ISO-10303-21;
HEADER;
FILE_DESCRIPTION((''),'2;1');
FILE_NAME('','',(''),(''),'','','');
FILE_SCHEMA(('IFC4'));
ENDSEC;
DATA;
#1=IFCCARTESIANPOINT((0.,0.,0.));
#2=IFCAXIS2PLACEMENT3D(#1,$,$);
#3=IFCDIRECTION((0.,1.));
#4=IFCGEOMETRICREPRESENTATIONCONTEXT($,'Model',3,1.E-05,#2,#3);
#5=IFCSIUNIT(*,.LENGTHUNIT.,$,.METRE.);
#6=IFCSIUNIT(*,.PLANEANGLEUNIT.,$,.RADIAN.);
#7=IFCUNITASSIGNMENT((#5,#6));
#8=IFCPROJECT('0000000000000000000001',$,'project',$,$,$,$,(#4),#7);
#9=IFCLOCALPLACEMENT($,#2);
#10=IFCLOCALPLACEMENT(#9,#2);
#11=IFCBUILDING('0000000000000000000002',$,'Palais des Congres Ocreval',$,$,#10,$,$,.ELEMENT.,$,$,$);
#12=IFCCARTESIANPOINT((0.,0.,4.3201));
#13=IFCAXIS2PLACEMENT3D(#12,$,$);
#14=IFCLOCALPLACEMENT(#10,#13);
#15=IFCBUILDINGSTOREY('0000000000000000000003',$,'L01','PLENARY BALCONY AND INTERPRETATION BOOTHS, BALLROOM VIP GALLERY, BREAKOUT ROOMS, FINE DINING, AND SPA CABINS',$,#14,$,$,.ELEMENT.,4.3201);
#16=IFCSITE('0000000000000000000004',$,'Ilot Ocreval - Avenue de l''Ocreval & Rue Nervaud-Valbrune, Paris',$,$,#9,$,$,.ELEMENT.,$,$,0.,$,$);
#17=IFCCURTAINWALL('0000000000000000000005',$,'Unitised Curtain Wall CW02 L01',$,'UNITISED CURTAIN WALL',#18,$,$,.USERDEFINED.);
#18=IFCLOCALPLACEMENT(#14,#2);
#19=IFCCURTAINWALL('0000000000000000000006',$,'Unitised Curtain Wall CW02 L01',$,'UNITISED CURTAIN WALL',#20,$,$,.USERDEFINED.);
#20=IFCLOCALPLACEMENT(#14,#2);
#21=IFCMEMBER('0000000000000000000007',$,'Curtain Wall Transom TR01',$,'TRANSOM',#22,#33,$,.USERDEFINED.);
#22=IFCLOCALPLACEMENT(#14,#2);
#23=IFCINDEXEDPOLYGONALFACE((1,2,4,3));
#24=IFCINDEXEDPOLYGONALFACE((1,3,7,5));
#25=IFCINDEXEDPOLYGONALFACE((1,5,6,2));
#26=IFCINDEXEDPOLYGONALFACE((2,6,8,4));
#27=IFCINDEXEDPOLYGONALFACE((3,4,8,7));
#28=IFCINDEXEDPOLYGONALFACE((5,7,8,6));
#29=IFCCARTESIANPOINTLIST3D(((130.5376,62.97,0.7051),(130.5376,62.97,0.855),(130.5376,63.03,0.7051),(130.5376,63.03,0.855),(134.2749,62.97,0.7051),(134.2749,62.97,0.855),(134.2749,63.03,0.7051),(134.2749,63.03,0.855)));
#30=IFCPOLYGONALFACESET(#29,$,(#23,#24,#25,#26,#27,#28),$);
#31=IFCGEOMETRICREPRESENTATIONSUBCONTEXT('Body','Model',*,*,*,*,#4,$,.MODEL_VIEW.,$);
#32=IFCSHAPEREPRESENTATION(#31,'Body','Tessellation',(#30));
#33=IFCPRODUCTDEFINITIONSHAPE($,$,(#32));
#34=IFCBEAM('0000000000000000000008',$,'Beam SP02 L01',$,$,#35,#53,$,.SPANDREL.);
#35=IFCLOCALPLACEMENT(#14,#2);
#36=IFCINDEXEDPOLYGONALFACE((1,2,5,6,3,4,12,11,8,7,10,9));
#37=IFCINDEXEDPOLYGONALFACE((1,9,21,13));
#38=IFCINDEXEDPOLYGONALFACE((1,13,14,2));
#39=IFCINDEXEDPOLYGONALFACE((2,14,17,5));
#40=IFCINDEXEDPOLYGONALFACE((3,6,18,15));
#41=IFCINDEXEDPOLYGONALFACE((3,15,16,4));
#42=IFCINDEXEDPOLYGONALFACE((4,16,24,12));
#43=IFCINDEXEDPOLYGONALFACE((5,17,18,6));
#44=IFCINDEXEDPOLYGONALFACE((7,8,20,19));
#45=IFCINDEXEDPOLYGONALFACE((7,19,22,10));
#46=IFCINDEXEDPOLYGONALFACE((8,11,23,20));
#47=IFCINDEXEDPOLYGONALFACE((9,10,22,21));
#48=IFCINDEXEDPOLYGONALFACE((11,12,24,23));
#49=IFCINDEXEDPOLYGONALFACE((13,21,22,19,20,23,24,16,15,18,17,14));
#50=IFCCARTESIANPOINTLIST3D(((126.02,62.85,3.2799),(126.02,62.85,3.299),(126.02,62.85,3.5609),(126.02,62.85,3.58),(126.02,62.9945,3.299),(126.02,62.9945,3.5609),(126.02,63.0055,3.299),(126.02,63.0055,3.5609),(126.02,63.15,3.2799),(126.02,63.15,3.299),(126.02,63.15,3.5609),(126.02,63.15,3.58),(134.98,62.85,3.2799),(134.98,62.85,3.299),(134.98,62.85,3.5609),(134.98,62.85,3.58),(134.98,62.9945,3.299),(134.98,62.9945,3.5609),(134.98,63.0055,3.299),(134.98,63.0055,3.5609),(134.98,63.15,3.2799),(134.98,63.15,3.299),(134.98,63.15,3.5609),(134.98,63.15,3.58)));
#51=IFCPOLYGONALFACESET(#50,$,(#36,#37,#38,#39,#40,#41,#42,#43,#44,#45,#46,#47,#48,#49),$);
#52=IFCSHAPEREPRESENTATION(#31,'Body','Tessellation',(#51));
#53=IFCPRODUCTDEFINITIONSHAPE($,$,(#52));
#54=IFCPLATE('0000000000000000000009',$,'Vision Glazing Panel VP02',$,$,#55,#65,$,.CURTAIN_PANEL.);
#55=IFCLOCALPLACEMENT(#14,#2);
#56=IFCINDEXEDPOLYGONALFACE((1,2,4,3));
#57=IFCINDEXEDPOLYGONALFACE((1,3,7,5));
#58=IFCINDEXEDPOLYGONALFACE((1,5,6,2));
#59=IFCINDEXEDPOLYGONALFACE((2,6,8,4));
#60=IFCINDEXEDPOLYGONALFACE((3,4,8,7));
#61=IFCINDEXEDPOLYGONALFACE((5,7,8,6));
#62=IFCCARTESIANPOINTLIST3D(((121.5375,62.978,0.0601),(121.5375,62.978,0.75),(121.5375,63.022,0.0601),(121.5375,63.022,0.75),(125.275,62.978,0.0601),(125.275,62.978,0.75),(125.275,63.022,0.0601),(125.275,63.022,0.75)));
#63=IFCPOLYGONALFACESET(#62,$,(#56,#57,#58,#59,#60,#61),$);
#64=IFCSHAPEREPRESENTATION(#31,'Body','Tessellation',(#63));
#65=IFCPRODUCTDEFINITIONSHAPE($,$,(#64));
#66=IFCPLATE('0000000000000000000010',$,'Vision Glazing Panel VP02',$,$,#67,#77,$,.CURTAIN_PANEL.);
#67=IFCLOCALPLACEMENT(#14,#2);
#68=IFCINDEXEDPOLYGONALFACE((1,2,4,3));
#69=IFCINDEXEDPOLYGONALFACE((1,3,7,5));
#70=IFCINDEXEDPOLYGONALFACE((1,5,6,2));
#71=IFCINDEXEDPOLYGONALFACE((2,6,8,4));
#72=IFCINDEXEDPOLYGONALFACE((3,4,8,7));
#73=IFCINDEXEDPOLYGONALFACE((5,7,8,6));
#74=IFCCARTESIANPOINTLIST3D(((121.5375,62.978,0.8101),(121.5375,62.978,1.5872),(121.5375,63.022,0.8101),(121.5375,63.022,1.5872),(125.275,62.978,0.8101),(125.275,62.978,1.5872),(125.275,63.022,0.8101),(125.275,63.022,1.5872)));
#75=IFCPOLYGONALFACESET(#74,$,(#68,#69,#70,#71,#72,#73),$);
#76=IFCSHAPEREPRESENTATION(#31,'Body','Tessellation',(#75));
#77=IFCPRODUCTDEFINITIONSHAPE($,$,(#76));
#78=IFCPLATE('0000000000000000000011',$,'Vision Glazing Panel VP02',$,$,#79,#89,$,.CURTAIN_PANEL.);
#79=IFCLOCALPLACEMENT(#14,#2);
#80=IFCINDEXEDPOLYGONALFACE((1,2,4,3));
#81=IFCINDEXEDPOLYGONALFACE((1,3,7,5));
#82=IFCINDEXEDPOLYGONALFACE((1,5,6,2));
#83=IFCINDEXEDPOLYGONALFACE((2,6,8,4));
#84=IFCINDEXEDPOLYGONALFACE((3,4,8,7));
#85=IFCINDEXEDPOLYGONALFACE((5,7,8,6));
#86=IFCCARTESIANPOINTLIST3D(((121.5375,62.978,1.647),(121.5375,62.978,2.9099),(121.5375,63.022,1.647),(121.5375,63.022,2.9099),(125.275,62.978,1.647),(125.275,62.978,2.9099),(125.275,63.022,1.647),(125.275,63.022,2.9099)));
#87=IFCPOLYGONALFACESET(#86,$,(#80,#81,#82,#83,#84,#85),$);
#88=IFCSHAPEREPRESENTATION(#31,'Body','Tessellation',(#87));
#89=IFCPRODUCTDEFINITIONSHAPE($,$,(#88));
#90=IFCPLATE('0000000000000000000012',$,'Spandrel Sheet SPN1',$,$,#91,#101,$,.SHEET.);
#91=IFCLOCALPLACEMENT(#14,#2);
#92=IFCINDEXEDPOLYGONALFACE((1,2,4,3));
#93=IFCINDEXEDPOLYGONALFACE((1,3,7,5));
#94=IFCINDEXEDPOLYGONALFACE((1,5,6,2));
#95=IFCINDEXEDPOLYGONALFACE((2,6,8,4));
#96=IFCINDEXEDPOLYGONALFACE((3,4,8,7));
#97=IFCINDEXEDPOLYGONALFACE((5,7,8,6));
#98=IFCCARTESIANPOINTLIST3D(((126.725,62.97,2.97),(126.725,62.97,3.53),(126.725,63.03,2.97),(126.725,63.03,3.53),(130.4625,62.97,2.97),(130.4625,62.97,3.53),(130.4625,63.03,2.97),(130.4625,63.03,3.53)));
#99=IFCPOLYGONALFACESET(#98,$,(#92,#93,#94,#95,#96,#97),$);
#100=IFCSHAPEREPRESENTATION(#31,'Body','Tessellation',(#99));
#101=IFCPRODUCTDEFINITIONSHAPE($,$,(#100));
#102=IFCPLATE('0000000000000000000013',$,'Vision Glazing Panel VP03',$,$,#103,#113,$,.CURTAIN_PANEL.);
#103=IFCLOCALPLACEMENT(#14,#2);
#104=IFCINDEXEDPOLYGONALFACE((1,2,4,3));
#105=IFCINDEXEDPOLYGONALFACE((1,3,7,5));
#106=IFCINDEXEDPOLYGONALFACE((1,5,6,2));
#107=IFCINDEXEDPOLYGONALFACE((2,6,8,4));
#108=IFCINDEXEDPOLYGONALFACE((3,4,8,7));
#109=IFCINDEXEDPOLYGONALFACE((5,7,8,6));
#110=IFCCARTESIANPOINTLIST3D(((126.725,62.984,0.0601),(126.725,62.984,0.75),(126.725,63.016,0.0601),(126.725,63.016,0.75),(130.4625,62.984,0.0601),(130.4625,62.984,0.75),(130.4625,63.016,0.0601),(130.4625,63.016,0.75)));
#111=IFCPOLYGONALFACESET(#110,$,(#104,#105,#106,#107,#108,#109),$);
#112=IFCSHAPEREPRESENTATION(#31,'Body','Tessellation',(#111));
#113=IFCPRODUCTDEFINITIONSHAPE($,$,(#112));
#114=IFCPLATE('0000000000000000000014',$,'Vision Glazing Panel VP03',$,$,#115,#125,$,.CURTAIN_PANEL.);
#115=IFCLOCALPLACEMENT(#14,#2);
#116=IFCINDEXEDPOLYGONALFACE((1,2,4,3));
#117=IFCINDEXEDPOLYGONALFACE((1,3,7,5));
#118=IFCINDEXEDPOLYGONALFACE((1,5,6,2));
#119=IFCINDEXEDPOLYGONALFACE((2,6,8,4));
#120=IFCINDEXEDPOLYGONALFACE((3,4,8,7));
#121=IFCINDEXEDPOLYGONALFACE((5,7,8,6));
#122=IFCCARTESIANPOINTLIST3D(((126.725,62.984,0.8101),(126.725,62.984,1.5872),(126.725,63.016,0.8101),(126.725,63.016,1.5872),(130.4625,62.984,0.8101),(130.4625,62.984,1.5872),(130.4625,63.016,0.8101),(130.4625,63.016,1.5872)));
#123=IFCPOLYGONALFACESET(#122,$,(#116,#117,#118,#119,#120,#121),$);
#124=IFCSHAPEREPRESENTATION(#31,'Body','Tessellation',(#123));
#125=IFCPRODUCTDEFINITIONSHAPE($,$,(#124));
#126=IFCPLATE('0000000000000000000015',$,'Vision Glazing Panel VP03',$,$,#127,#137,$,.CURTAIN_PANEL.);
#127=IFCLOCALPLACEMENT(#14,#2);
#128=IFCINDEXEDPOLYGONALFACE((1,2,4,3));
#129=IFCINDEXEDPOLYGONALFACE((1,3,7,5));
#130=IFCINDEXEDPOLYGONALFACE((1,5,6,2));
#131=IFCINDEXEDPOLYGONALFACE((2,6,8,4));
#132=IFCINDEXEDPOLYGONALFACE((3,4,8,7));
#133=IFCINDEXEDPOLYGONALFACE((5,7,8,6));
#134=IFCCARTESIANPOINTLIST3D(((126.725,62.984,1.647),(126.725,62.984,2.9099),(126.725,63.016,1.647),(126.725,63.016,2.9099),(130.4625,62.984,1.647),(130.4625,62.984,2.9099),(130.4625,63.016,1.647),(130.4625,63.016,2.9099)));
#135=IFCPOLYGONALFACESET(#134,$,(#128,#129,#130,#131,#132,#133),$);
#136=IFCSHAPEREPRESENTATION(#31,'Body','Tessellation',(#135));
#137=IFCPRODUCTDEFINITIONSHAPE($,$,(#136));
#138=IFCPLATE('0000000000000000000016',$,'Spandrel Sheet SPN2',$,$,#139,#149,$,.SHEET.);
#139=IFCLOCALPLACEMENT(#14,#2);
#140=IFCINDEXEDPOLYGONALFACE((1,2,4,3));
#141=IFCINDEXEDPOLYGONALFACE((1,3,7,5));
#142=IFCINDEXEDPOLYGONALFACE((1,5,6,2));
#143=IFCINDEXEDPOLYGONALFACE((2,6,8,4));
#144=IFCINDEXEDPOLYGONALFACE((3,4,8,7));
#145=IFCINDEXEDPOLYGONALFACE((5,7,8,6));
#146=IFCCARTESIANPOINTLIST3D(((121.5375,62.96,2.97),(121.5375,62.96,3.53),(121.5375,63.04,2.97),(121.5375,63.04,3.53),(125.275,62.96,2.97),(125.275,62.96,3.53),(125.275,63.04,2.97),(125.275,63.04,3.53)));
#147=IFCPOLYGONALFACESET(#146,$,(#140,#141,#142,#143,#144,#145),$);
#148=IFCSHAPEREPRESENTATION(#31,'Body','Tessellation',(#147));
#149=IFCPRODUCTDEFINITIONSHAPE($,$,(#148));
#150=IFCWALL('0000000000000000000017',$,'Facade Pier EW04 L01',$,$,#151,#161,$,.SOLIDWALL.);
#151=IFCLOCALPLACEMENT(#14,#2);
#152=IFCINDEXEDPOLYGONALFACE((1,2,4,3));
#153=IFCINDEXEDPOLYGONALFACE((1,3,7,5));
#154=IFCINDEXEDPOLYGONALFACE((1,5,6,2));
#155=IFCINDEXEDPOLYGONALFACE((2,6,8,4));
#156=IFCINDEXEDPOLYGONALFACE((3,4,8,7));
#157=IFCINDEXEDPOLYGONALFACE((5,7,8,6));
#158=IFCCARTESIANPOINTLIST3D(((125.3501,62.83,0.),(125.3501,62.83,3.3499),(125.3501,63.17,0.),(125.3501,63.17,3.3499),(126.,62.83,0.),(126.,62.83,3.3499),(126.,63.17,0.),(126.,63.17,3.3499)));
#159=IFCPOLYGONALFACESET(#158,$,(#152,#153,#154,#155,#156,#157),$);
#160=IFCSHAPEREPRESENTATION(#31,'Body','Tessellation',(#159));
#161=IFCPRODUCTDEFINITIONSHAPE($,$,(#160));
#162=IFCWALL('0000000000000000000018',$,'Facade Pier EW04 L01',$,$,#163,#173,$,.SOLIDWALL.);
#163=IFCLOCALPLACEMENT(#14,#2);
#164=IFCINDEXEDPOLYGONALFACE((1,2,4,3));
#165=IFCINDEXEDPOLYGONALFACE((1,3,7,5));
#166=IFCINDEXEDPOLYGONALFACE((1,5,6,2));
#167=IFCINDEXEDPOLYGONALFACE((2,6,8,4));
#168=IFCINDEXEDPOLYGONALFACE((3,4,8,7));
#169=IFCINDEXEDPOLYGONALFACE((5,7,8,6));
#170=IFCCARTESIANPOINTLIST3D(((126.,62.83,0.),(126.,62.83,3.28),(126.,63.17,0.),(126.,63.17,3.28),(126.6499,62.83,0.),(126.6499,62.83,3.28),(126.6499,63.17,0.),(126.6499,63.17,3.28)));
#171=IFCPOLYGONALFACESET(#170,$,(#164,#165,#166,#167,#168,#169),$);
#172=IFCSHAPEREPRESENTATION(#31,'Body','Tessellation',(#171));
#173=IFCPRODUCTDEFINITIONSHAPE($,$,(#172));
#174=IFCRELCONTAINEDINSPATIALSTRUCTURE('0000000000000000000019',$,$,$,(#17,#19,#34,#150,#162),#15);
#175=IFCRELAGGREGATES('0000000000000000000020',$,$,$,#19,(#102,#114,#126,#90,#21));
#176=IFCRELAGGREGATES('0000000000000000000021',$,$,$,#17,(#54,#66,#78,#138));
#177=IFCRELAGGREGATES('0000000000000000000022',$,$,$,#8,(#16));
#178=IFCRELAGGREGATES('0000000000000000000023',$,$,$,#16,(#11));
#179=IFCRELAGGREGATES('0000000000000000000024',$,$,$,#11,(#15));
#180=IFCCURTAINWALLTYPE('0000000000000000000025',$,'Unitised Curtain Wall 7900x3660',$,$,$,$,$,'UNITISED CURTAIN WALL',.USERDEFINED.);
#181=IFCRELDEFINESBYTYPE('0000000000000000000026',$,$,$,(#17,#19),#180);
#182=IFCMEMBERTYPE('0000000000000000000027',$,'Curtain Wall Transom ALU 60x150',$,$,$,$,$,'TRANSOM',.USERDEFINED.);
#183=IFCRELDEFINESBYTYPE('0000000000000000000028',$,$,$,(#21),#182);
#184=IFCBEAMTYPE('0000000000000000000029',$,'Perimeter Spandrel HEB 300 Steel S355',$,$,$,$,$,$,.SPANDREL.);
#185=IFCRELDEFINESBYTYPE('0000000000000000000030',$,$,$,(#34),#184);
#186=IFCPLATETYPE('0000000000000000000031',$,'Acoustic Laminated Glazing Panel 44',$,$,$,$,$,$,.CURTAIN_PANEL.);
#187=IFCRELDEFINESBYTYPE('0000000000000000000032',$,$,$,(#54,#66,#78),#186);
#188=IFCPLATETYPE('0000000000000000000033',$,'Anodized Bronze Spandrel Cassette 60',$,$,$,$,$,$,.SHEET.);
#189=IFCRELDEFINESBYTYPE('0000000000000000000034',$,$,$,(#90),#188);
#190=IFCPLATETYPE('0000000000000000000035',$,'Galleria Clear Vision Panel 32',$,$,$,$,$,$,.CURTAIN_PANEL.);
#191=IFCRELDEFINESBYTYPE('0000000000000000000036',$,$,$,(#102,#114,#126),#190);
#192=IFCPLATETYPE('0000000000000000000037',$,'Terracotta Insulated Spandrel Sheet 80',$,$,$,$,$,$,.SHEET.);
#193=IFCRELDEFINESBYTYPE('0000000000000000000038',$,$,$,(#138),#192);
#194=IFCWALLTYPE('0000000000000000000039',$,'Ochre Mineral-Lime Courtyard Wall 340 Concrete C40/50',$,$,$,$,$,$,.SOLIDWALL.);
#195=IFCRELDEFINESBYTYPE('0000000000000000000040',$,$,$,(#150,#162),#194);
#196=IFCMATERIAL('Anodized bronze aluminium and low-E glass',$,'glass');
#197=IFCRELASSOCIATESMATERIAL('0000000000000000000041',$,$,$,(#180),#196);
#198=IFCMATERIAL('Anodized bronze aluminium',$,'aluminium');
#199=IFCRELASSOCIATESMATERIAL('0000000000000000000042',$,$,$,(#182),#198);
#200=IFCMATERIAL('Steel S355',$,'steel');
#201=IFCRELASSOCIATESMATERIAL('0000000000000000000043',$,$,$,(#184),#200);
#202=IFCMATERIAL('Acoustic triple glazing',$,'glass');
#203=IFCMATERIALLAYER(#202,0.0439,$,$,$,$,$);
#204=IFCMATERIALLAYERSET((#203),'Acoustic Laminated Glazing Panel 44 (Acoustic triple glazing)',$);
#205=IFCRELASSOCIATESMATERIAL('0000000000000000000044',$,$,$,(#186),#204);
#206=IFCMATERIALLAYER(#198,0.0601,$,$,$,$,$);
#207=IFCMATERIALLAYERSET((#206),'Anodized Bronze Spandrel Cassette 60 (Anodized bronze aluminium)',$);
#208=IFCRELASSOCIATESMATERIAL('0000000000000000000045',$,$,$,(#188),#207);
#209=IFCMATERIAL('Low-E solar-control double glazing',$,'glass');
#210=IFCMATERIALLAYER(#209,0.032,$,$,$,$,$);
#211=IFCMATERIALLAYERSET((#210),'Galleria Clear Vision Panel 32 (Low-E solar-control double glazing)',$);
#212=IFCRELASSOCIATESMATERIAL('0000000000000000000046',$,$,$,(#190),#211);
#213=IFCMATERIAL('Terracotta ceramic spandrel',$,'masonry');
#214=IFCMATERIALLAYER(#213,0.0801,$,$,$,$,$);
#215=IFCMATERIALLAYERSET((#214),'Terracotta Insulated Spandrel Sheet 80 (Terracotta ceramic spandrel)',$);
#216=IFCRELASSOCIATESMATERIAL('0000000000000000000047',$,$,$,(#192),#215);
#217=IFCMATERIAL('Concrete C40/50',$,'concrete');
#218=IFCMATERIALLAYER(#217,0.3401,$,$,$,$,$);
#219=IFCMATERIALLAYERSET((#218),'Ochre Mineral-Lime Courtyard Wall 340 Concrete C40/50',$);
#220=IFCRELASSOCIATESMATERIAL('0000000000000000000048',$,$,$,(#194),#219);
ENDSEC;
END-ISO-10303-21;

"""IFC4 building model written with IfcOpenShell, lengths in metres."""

from ifc_helpers import new_model, si_unit, direction, frame, frame_2d, origin, origin_2d, place, context, subcontext, project, spatial, rectangle, i_section, extrude, material, layer, layer_set, material_profile, profile_set, type_object, element, aggregate, save


model = new_model("IFC4")

# Units and contexts
model_context = context("Model", 3, precision=1e-05, world=origin(), true_north=direction((0.0, 1.0)))
body_context = subcontext(model_context, "Body", "Model", "MODEL_VIEW")
ifc_project = project(units=[si_unit("LENGTHUNIT", "METRE"), si_unit("PLANEANGLEUNIT", "RADIAN")], contexts=[model_context])

# Site, building, storey
site_placement = place(None, origin())
site = spatial("IfcSite", under=ifc_project, at=site_placement, Name="Ilot Ocreval - Avenue de l'Ocreval & Rue Nervaud-Valbrune, Paris", CompositionType="ELEMENT", RefElevation=0.0)
building_placement = place(site_placement, origin())
building = spatial("IfcBuilding", under=site, at=building_placement, Name="Palais des Congres Ocreval", CompositionType="ELEMENT")
storey_placement = place(building_placement, frame((0.0, 0.0, 4.3201)))
storey = spatial("IfcBuildingStorey", under=building, at=storey_placement, Name="L01", Description="PLENARY BALCONY AND INTERPRETATION BOOTHS, BALLROOM VIP GALLERY, BREAKOUT ROOMS, FINE DINING, AND SPA CABINS", CompositionType="ELEMENT", Elevation=4.3201)

# Shared definitions
ifc_material_1 = material(Name="Steel S355", Category="steel")

# Curtain wall
ifc_material_2 = material(Name="Anodized bronze aluminium and low-E glass", Category="glass")
curtain_wall_type = type_object("IfcCurtainWallType", Name="Unitised Curtain Wall 7900x3660", ElementType="UNITISED CURTAIN WALL", PredefinedType="USERDEFINED", material=ifc_material_2)
curtain_wall_1_placement = place(storey_placement, origin())
curtain_wall_1 = element("IfcCurtainWall", 1, at=curtain_wall_1_placement, inside=storey, type_object=curtain_wall_type, Name="Unitised Curtain Wall CW02 L01", ObjectType="UNITISED CURTAIN WALL", PredefinedType="USERDEFINED")
ifc_material_3 = material(Name="Anodized bronze aluminium", Category="aluminium")

# Curtain wall
curtain_wall_2_placement = place(storey_placement, origin())
curtain_wall_2 = element("IfcCurtainWall", 2, at=curtain_wall_2_placement, inside=storey, type_object=curtain_wall_type, Name="Unitised Curtain Wall CW02 L01", ObjectType="UNITISED CURTAIN WALL", PredefinedType="USERDEFINED")

# Member
ifc_material_profile_1 = material_profile(ifc_material_3, rectangle(XDim=0.0601, YDim=0.1499, at=origin_2d()), Name="ALU 60x150")
ifc_profile_set_1 = profile_set([ifc_material_profile_1], Name="Anodized bronze aluminium")
member_type_1 = type_object("IfcMemberType", Name="Curtain Wall Transom ALU 60x150", ElementType="TRANSOM", PredefinedType="USERDEFINED", material=ifc_profile_set_1)
member_1_placement = place(storey_placement, frame((130.5376, 63.0, 0.78), z_axis=(1.0, 0.0, 0.0), x_axis=(0.0, 1.0, 0.0)))
member_1 = element("IfcMember", 3, at=member_1_placement, type_object=member_type_1, Name="Curtain Wall Transom TR01", ObjectType="TRANSOM", PredefinedType="USERDEFINED", context=body_context, shape_type="SweptSolid", body=[
    extrude(rectangle(XDim=0.0601, YDim=0.1499, at=origin_2d()), origin(), (0.0, 0.0, 1.0), 3.7373),
])

# Beam
ifc_material_profile_2 = material_profile(ifc_material_1, i_section(OverallWidth=0.3, OverallDepth=0.3, WebThickness=0.011, FlangeThickness=0.019, at=origin_2d()), Name="HEB 300")
ifc_profile_set_2 = profile_set([ifc_material_profile_2], Name="Steel S355")
beam_type = type_object("IfcBeamType", Name="Perimeter Spandrel HEB 300 Steel S355", PredefinedType="SPANDREL", material=ifc_profile_set_2)
beam_placement = place(storey_placement, frame((126.02, 63.0, 3.4299), z_axis=(1.0, 0.0, 0.0), x_axis=(0.0, 1.0, 0.0)))
element("IfcBeam", 4, at=beam_placement, inside=storey, type_object=beam_type, Name="Beam SP02 L01", PredefinedType="SPANDREL", context=body_context, shape_type="SweptSolid", body=[
    extrude(i_section(OverallWidth=0.3, OverallDepth=0.3, WebThickness=0.011, FlangeThickness=0.019, at=origin_2d()), origin(), (0.0, 0.0, 1.0), 8.96),
])

# Plates
ifc_material_4 = material(Name="Acoustic triple glazing", Category="glass")
ifc_layer_1 = layer(ifc_material_4, 0.0439)
ifc_layer_set_1 = layer_set([ifc_layer_1], Name="Acoustic Laminated Glazing Panel 44 (Acoustic triple glazing)")
plate_type_1 = type_object("IfcPlateType", Name="Acoustic Laminated Glazing Panel 44", PredefinedType="CURTAIN_PANEL", material=ifc_layer_set_1)
plate_1_placement = place(storey_placement, frame((123.4062, 63.0, 0.0601), z_axis=(0.0, 0.0, 1.0), x_axis=(1.0, 0.0, 0.0)))
plate_1 = element("IfcPlate", 5, at=plate_1_placement, type_object=plate_type_1, Name="Vision Glazing Panel VP02", PredefinedType="CURTAIN_PANEL", context=body_context, shape_type="SweptSolid", body=[
    extrude(rectangle(XDim=3.7375, YDim=0.0439, at=origin_2d()), origin(), (0.0, 0.0, 1.0), 0.6899),
])
plate_2_placement = place(storey_placement, frame((123.4062, 63.0, 0.8101), z_axis=(0.0, 0.0, 1.0), x_axis=(1.0, 0.0, 0.0)))
plate_2 = element("IfcPlate", 6, at=plate_2_placement, type_object=plate_type_1, Name="Vision Glazing Panel VP02", PredefinedType="CURTAIN_PANEL", context=body_context, shape_type="SweptSolid", body=[
    extrude(rectangle(XDim=3.7375, YDim=0.0439, at=origin_2d()), origin(), (0.0, 0.0, 1.0), 0.7771),
])
plate_3_placement = place(storey_placement, frame((123.4062, 63.0, 1.647), z_axis=(0.0, 0.0, 1.0), x_axis=(1.0, 0.0, 0.0)))
plate_3 = element("IfcPlate", 7, at=plate_3_placement, type_object=plate_type_1, Name="Vision Glazing Panel VP02", PredefinedType="CURTAIN_PANEL", context=body_context, shape_type="SweptSolid", body=[
    extrude(rectangle(XDim=3.7375, YDim=0.0439, at=origin_2d()), origin(), (0.0, 0.0, 1.0), 1.2629),
])
ifc_layer_2 = layer(ifc_material_3, 0.0601)
ifc_layer_set_2 = layer_set([ifc_layer_2], Name="Anodized Bronze Spandrel Cassette 60 (Anodized bronze aluminium)")
plate_type_2 = type_object("IfcPlateType", Name="Anodized Bronze Spandrel Cassette 60", PredefinedType="SHEET", material=ifc_layer_set_2)
plate_4_placement = place(storey_placement, frame((128.5938, 63.0, 2.97), z_axis=(0.0, 0.0, 1.0), x_axis=(1.0, 0.0, 0.0)))
plate_4 = element("IfcPlate", 8, at=plate_4_placement, type_object=plate_type_2, Name="Spandrel Sheet SPN1", PredefinedType="SHEET", context=body_context, shape_type="SweptSolid", body=[
    extrude(rectangle(XDim=3.7375, YDim=0.0601, at=origin_2d()), origin(), (0.0, 0.0, 1.0), 0.5601),
])
ifc_material_5 = material(Name="Low-E solar-control double glazing", Category="glass")
ifc_layer_3 = layer(ifc_material_5, 0.032)
ifc_layer_set_3 = layer_set([ifc_layer_3], Name="Galleria Clear Vision Panel 32 (Low-E solar-control double glazing)")
plate_type_3 = type_object("IfcPlateType", Name="Galleria Clear Vision Panel 32", PredefinedType="CURTAIN_PANEL", material=ifc_layer_set_3)
plate_5_placement = place(storey_placement, frame((128.5938, 63.0, 0.0601), z_axis=(0.0, 0.0, 1.0), x_axis=(1.0, 0.0, 0.0)))
plate_5 = element("IfcPlate", 9, at=plate_5_placement, type_object=plate_type_3, Name="Vision Glazing Panel VP03", PredefinedType="CURTAIN_PANEL", context=body_context, shape_type="SweptSolid", body=[
    extrude(rectangle(XDim=3.7375, YDim=0.032, at=origin_2d()), origin(), (0.0, 0.0, 1.0), 0.6899),
])
plate_6_placement = place(storey_placement, frame((128.5938, 63.0, 0.8101), z_axis=(0.0, 0.0, 1.0), x_axis=(1.0, 0.0, 0.0)))
plate_6 = element("IfcPlate", 10, at=plate_6_placement, type_object=plate_type_3, Name="Vision Glazing Panel VP03", PredefinedType="CURTAIN_PANEL", context=body_context, shape_type="SweptSolid", body=[
    extrude(rectangle(XDim=3.7375, YDim=0.032, at=origin_2d()), origin(), (0.0, 0.0, 1.0), 0.7771),
])
plate_7_placement = place(storey_placement, frame((128.5938, 63.0, 1.647), z_axis=(0.0, 0.0, 1.0), x_axis=(1.0, 0.0, 0.0)))
plate_7 = element("IfcPlate", 11, at=plate_7_placement, type_object=plate_type_3, Name="Vision Glazing Panel VP03", PredefinedType="CURTAIN_PANEL", context=body_context, shape_type="SweptSolid", body=[
    extrude(rectangle(XDim=3.7375, YDim=0.032, at=origin_2d()), origin(), (0.0, 0.0, 1.0), 1.2629),
])
aggregate(curtain_wall_2, [plate_5, plate_6, plate_7, plate_4, member_1])
ifc_material_6 = material(Name="Terracotta ceramic spandrel", Category="masonry")
ifc_layer_4 = layer(ifc_material_6, 0.0801)
ifc_layer_set_4 = layer_set([ifc_layer_4], Name="Terracotta Insulated Spandrel Sheet 80 (Terracotta ceramic spandrel)")
plate_type_4 = type_object("IfcPlateType", Name="Terracotta Insulated Spandrel Sheet 80", PredefinedType="SHEET", material=ifc_layer_set_4)
plate_8_placement = place(storey_placement, frame((123.4062, 63.0, 2.97), z_axis=(0.0, 0.0, 1.0), x_axis=(1.0, 0.0, 0.0)))
plate_8 = element("IfcPlate", 12, at=plate_8_placement, type_object=plate_type_4, Name="Spandrel Sheet SPN2", PredefinedType="SHEET", context=body_context, shape_type="SweptSolid", body=[
    extrude(rectangle(XDim=3.7375, YDim=0.0801, at=origin_2d()), origin(), (0.0, 0.0, 1.0), 0.5601),
])
aggregate(curtain_wall_1, [plate_1, plate_2, plate_3, plate_8])

# Walls
ifc_material_7 = material(Name="Concrete C40/50", Category="concrete")
ifc_layer_5 = layer(ifc_material_7, 0.3401)
ifc_layer_set_5 = layer_set([ifc_layer_5], Name="Ochre Mineral-Lime Courtyard Wall 340 Concrete C40/50")
wall_type = type_object("IfcWallType", Name="Ochre Mineral-Lime Courtyard Wall 340 Concrete C40/50", PredefinedType="SOLIDWALL", material=ifc_layer_set_5)
wall_1_placement = place(storey_placement, frame((125.3501, 63.0, 0.0), z_axis=(0.0, 0.0, 1.0), x_axis=(1.0, 0.0, 0.0)))
element("IfcWall", 13, at=wall_1_placement, inside=storey, type_object=wall_type, Name="Facade Pier EW04 L01", PredefinedType="SOLIDWALL", context=body_context, shape_type="SweptSolid", body=[
    extrude(rectangle(XDim=0.6499, YDim=0.3401, at=frame_2d((0.325, 0.0))), origin(), (0.0, 0.0, 1.0), 3.3499),
])
wall_2_placement = place(storey_placement, frame((126.0, 63.0, 0.0), z_axis=(0.0, 0.0, 1.0), x_axis=(1.0, 0.0, 0.0)))
element("IfcWall", 14, at=wall_2_placement, inside=storey, type_object=wall_type, Name="Facade Pier EW04 L01", PredefinedType="SOLIDWALL", context=body_context, shape_type="SweptSolid", body=[
    extrude(rectangle(XDim=0.6499, YDim=0.3401, at=frame_2d((0.325, 0.0))), origin(), (0.0, 0.0, 1.0), 3.28),
])

save(model, "model.ifc")
